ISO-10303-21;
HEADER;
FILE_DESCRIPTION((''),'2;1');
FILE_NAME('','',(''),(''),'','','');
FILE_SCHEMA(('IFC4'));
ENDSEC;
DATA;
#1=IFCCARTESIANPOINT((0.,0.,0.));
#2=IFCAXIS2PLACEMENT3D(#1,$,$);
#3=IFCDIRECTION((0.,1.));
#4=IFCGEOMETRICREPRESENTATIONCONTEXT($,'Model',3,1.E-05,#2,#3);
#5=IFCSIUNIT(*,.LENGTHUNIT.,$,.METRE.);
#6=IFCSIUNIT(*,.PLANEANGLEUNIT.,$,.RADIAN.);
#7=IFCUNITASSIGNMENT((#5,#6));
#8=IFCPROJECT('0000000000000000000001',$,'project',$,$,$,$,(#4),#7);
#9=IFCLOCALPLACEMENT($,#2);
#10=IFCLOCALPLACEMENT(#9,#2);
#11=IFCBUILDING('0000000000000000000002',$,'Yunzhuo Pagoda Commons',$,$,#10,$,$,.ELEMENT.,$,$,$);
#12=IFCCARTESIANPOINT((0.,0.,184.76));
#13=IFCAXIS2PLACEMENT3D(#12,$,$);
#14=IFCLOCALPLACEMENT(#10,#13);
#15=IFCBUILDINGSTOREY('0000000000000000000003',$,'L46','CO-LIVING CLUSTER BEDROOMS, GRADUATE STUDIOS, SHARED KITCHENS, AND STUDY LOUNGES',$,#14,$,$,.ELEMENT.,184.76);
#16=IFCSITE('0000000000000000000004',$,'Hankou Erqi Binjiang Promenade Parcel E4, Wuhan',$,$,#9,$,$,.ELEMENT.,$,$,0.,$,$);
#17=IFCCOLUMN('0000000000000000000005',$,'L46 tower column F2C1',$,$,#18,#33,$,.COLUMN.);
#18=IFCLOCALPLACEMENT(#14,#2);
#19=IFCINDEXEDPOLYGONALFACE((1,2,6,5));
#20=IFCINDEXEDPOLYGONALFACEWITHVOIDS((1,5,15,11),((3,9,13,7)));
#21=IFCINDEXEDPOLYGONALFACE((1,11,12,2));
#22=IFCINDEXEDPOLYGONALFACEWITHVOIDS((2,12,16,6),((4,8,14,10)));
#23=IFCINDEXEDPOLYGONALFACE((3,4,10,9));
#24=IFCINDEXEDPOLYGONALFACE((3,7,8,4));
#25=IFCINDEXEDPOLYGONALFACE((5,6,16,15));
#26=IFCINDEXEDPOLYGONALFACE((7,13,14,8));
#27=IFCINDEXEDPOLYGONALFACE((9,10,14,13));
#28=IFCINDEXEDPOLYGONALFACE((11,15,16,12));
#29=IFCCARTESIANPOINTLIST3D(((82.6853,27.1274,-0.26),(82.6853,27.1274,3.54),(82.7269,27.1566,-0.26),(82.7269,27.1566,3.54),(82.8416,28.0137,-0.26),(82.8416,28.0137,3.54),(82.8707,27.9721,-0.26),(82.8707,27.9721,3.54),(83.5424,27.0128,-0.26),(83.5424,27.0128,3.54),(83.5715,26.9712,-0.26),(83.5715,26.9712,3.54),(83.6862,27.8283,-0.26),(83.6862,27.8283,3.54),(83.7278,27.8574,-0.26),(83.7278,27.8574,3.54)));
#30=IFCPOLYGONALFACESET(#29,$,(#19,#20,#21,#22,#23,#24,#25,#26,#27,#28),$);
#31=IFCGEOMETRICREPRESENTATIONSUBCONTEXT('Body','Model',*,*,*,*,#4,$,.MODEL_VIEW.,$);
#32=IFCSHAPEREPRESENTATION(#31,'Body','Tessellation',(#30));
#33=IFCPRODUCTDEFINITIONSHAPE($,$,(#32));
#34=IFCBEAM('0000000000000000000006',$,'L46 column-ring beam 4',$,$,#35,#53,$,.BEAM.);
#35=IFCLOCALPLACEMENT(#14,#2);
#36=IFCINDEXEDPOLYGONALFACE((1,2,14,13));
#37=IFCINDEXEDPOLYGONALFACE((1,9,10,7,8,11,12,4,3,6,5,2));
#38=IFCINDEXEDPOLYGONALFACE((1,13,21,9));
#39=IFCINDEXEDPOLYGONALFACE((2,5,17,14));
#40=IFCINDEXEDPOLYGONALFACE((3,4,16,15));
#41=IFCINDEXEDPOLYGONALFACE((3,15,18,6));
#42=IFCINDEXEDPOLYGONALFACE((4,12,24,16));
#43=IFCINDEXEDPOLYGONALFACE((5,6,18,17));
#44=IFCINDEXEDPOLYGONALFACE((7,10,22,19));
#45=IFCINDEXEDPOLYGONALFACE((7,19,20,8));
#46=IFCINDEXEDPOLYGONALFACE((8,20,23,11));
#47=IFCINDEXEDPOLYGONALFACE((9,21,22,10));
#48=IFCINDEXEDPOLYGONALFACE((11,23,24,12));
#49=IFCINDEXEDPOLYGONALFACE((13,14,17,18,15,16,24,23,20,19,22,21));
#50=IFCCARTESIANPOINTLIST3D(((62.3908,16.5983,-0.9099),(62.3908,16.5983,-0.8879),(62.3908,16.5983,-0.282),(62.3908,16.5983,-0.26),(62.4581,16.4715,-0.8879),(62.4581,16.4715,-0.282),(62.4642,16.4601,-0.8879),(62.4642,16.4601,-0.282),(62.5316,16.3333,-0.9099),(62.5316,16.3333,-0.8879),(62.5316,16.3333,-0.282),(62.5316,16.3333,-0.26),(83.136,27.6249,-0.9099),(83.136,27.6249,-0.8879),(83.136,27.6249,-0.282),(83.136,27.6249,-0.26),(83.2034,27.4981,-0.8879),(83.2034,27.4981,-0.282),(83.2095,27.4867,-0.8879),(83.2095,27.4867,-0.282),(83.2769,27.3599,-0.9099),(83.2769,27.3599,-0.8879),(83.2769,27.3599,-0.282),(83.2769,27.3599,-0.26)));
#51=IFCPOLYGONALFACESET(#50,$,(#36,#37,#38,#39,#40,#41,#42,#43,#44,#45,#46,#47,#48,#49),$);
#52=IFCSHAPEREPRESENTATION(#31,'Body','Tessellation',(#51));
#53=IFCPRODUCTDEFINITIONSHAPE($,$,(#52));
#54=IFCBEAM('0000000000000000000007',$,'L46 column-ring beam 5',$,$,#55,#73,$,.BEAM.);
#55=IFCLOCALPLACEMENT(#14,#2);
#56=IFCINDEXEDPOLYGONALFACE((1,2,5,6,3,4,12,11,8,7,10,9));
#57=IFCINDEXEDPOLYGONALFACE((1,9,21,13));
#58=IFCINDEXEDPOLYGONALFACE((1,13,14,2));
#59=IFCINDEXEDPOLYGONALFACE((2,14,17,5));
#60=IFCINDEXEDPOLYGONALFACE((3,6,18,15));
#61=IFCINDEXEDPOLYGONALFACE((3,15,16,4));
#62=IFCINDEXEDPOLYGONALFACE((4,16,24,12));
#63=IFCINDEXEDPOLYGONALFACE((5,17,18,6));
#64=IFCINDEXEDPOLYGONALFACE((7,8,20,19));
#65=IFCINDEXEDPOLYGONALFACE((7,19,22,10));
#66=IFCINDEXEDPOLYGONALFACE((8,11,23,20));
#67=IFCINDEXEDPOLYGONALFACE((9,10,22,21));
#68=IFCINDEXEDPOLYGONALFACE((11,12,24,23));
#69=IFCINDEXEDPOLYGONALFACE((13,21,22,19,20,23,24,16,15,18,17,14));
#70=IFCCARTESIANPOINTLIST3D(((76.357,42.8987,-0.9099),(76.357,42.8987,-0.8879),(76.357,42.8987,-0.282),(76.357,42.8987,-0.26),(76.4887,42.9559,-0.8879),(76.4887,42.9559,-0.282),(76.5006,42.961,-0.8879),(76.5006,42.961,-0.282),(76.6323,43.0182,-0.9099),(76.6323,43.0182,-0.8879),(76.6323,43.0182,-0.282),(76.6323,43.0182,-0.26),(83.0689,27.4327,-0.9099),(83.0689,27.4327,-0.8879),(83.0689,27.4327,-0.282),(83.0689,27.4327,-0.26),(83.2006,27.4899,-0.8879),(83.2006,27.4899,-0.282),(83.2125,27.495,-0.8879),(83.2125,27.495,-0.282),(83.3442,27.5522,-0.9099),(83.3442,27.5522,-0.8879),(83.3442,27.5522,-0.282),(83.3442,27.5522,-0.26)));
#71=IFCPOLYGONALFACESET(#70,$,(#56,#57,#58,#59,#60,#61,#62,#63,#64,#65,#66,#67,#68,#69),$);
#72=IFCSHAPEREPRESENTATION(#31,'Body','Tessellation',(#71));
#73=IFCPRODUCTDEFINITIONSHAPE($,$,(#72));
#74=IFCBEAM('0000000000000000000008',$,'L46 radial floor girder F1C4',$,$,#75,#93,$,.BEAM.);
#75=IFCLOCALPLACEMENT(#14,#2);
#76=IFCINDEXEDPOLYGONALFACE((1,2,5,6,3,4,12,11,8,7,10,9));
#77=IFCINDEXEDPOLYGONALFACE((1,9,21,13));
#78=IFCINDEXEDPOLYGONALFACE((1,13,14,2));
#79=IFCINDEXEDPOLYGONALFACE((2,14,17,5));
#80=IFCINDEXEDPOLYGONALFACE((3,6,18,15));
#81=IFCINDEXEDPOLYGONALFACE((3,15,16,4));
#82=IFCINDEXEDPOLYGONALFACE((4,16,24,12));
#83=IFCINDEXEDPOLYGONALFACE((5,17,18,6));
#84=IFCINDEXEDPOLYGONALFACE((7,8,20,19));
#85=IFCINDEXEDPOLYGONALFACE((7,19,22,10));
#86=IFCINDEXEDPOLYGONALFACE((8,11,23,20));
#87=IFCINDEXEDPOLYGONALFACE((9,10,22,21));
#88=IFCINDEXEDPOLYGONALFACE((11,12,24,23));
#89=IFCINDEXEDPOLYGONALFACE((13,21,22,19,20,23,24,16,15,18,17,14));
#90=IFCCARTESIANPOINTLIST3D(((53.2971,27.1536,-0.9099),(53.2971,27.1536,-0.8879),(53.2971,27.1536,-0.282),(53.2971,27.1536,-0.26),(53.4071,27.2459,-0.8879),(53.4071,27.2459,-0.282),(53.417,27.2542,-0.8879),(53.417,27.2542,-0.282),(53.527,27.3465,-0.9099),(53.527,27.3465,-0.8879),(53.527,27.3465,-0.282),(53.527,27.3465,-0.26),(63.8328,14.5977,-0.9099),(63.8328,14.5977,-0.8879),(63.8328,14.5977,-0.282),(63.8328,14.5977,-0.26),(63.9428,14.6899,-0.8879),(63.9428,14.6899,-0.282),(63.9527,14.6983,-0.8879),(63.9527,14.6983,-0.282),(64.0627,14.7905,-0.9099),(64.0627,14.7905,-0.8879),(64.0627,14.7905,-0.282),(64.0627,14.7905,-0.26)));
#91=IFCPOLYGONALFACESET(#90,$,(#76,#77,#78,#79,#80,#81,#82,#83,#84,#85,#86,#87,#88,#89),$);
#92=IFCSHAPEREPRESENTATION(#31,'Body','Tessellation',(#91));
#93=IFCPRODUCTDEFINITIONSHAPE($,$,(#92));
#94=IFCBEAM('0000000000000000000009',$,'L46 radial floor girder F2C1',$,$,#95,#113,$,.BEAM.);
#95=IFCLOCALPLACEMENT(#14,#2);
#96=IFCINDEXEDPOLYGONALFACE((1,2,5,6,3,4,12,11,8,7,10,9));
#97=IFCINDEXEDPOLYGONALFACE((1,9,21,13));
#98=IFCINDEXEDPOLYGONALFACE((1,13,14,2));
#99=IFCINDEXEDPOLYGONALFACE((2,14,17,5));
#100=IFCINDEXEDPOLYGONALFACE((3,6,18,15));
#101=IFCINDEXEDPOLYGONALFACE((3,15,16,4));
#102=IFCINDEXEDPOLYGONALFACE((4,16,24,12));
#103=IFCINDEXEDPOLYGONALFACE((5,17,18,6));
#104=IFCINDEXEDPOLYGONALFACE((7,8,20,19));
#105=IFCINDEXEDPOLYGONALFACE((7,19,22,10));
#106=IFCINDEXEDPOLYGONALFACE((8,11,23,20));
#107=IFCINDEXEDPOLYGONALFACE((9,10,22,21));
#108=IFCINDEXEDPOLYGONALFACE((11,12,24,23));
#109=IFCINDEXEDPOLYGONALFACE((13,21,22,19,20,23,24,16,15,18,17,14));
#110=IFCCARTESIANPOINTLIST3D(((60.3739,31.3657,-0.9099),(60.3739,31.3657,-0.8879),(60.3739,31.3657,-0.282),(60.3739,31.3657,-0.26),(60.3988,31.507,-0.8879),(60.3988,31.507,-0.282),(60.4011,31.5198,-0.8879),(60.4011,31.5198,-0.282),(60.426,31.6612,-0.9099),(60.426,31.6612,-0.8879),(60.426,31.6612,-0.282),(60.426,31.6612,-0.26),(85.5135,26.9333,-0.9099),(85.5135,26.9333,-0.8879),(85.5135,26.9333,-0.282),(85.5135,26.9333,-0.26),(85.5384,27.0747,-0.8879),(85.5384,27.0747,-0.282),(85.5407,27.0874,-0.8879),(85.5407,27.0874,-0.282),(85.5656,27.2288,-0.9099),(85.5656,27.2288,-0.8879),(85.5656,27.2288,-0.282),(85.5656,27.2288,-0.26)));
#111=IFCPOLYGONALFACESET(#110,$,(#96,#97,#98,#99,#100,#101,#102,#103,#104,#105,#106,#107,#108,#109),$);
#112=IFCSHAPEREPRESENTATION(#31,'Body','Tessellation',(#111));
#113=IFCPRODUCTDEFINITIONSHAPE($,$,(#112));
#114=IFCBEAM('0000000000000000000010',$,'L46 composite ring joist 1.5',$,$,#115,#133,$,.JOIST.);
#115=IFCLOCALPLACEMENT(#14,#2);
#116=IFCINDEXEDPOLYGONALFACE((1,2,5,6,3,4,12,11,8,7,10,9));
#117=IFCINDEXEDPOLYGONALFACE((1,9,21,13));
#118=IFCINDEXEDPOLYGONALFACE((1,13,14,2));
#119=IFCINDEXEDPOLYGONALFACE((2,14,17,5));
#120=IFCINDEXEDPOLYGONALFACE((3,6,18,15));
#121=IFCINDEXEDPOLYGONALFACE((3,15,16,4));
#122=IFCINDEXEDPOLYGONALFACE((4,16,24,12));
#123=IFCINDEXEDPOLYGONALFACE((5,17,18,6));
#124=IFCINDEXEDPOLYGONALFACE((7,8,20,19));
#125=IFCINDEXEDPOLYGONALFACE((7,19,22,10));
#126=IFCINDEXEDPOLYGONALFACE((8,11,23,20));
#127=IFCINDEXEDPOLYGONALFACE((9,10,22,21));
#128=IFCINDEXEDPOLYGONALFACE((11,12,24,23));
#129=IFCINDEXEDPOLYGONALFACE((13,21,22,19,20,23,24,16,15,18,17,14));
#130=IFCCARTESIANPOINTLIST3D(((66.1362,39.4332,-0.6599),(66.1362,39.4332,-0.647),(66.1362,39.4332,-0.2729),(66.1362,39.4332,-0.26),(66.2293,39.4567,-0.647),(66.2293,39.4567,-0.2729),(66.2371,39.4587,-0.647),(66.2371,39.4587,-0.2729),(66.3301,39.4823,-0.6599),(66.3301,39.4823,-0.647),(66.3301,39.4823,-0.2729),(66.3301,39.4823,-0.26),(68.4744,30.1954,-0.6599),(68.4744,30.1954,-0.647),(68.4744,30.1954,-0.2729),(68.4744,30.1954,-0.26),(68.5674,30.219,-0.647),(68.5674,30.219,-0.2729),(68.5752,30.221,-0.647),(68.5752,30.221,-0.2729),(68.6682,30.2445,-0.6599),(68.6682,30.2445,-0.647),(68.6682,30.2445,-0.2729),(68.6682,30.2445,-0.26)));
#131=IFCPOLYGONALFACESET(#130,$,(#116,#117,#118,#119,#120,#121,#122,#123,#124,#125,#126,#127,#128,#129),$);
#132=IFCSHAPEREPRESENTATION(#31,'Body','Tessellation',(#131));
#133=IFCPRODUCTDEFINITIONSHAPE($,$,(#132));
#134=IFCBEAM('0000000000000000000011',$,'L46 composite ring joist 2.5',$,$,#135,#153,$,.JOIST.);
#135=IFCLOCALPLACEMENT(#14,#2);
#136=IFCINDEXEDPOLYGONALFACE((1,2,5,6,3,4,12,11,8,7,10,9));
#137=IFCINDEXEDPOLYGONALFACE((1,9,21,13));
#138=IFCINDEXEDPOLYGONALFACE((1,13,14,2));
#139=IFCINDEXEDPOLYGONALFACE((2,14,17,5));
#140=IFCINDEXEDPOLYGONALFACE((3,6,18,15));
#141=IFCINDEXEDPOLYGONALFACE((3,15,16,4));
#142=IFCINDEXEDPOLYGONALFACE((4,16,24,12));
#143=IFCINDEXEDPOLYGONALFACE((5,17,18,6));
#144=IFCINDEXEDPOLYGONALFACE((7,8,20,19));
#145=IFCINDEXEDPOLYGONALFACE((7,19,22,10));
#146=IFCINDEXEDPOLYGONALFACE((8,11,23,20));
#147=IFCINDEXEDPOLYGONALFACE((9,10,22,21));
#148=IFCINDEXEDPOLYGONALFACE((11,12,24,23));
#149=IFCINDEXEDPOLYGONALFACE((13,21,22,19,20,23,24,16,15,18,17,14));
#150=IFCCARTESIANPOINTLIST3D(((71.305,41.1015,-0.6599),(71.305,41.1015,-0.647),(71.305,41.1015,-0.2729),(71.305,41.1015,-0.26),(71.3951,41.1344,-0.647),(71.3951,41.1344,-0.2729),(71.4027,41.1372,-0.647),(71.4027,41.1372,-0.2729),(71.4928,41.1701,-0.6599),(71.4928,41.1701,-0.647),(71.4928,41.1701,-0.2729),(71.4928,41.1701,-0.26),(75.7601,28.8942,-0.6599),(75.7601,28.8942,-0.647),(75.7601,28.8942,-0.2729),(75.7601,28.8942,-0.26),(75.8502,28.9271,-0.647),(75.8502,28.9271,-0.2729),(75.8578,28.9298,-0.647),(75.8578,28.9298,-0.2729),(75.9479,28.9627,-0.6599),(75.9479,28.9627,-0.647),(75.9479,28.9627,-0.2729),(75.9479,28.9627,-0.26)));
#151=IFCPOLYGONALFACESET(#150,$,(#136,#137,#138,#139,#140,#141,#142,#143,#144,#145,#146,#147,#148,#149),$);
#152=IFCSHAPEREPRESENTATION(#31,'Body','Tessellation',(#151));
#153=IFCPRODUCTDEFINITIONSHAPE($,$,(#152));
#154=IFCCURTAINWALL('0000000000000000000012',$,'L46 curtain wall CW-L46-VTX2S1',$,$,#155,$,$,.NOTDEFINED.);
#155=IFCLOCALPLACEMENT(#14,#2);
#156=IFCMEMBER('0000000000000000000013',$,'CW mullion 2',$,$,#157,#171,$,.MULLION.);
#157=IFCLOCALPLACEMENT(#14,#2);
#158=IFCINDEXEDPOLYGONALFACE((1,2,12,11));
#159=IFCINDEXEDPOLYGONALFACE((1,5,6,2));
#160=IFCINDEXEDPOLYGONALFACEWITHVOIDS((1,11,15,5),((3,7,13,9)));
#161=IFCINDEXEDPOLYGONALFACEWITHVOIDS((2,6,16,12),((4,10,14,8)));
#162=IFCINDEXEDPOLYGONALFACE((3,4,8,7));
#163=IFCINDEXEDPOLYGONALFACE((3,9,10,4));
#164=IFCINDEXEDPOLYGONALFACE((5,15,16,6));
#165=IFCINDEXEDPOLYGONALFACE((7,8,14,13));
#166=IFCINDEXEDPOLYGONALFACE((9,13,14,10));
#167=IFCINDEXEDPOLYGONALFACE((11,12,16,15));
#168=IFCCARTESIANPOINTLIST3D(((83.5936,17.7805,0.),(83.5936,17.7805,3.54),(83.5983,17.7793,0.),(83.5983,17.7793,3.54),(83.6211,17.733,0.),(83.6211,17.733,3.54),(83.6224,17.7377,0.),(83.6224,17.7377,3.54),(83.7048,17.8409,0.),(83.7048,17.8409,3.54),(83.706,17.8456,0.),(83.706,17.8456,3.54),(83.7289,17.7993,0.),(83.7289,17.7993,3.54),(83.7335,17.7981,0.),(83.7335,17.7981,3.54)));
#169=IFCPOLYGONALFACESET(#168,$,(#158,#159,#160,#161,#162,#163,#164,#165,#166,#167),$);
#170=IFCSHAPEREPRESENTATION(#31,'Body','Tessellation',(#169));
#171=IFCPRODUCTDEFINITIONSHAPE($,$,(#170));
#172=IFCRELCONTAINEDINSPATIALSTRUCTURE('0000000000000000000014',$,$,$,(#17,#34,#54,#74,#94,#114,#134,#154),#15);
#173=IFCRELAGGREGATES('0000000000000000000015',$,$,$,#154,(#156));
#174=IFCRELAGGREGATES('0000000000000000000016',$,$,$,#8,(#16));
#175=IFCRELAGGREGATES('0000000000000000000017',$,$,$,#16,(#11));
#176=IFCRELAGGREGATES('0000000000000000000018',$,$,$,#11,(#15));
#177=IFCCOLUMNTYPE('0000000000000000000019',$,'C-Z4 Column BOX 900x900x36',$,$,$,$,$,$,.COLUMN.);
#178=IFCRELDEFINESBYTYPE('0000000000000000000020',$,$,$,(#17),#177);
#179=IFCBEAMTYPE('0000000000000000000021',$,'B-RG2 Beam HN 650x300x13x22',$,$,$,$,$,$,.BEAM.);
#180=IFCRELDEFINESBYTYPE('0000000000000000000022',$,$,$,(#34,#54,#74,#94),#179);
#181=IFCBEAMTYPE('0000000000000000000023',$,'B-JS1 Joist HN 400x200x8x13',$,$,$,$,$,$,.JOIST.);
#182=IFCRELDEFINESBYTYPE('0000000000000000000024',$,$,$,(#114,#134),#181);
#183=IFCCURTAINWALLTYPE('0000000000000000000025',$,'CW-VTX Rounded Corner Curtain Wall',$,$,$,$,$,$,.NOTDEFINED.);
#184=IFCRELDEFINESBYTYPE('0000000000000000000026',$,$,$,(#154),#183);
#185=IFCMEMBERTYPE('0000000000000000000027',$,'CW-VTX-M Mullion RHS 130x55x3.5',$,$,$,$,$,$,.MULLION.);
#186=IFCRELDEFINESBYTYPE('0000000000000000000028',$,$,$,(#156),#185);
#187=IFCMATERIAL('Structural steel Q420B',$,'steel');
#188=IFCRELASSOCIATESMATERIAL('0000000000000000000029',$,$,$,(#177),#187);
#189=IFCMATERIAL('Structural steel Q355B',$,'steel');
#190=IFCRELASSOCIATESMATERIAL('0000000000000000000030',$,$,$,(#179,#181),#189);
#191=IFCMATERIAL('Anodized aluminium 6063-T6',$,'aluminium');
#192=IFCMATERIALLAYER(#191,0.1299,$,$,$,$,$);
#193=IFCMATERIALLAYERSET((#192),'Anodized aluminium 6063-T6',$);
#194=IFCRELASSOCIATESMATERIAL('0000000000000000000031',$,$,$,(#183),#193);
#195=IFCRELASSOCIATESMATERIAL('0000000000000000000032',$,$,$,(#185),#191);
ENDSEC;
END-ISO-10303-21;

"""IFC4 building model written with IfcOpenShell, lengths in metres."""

from ifc_helpers import new_model, si_unit, direction, frame, origin, origin_2d, place, context, subcontext, project, spatial, hollow_rectangle, i_section, extrude, source, transform, mapped, material, layer, layer_set, material_profile, profile_set, type_object, element, aggregate, save


model = new_model("IFC4")

# Units and contexts
model_context = context("Model", 3, precision=1e-05, world=origin(), true_north=direction((0.0, 1.0)))
body_context = subcontext(model_context, "Body", "Model", "MODEL_VIEW")
ifc_project = project(units=[si_unit("LENGTHUNIT", "METRE"), si_unit("PLANEANGLEUNIT", "RADIAN")], contexts=[model_context])

# Site, building, storey
site_placement = place(None, origin())
site = spatial("IfcSite", under=ifc_project, at=site_placement, Name="Hankou Erqi Binjiang Promenade Parcel E4, Wuhan", CompositionType="ELEMENT", RefElevation=0.0)
building_placement = place(site_placement, origin())
building = spatial("IfcBuilding", under=site, at=building_placement, Name="Yunzhuo Pagoda Commons", CompositionType="ELEMENT")
storey_placement = place(building_placement, frame((0.0, 0.0, 184.76)))
storey = spatial("IfcBuildingStorey", under=building, at=storey_placement, Name="L46", Description="CO-LIVING CLUSTER BEDROOMS, GRADUATE STUDIOS, SHARED KITCHENS, AND STUDY LOUNGES", CompositionType="ELEMENT", Elevation=184.76)

# Column
ifc_material_1 = material(Name="Structural steel Q420B", Category="steel")
ifc_material_profile_1 = material_profile(ifc_material_1, hollow_rectangle(XDim=0.8999, YDim=0.8999, WallThickness=0.0359, at=origin_2d()), Name="Structural steel Q420B")
ifc_profile_set_1 = profile_set([ifc_material_profile_1], Name="Structural steel Q420B")
column_type = type_object("IfcColumnType", Name="C-Z4 Column BOX 900x900x36", PredefinedType="COLUMN", material=ifc_profile_set_1)
shared_shape_1 = source(origin(), body_context, "Body", "SweptSolid", [
    extrude(hollow_rectangle(XDim=0.8999, YDim=0.8999, WallThickness=0.0359, at=origin_2d()), origin(), (0.0, 0.0, 1.0), 3.8),
])
column_placement = place(storey_placement, frame((83.2065, 27.4924, -0.26), z_axis=(0.0, 0.0, 1.0), x_axis=(0.173648, 0.984808, 0.0)))
element("IfcColumn", 1, at=column_placement, inside=storey, type_object=column_type, Name="L46 tower column F2C1", PredefinedType="COLUMN", context=body_context, shape_type="MappedRepresentation", body=[
    mapped(shared_shape_1, transform((0.0, 0.0, 0.0), scale=1.0)),
])

# Beams
ifc_material_2 = material(Name="Structural steel Q355B", Category="steel")
ifc_material_profile_2 = material_profile(ifc_material_2, i_section(OverallWidth=0.3, OverallDepth=0.6499, WebThickness=0.0129, FlangeThickness=0.022, at=origin_2d()), Name="Structural steel Q355B")
ifc_profile_set_2 = profile_set([ifc_material_profile_2], Name="Structural steel Q355B")
beam_type_1 = type_object("IfcBeamType", Name="B-RG2 Beam HN 650x300x13x22", PredefinedType="BEAM", material=ifc_profile_set_2)
shared_shape_2 = source(origin(), body_context, "Body", "SweptSolid", [
    extrude(i_section(OverallWidth=0.3, OverallDepth=0.6499, WebThickness=0.0129, FlangeThickness=0.022, at=origin_2d()), origin(), (0.0, 0.0, 1.0), 23.4937),
])
beam_1_placement = place(storey_placement, frame((62.4612, 16.4658, -0.585), z_axis=(0.883016, 0.469342, 0.0), x_axis=(-0.469342, 0.883016, 0.0)))
element("IfcBeam", 2, at=beam_1_placement, inside=storey, type_object=beam_type_1, Name="L46 column-ring beam 4", PredefinedType="BEAM", context=body_context, shape_type="MappedRepresentation", body=[
    mapped(shared_shape_2, transform((0.0, 0.0, 0.0), scale=1.0)),
])
shared_shape_3 = source(origin(), body_context, "Body", "SweptSolid", [
    extrude(i_section(OverallWidth=0.3, OverallDepth=0.6499, WebThickness=0.0129, FlangeThickness=0.022, at=origin_2d()), origin(), (0.0, 0.0, 1.0), 16.8596),
])
beam_2_placement = place(storey_placement, frame((83.2065, 27.4924, -0.585), z_axis=(-0.398104, 0.91734, 0.0), x_axis=(-0.91734, -0.398104, 0.0)))
element("IfcBeam", 3, at=beam_2_placement, inside=storey, type_object=beam_type_1, Name="L46 column-ring beam 5", PredefinedType="BEAM", context=body_context, shape_type="MappedRepresentation", body=[
    mapped(shared_shape_3, transform((0.0, 0.0, 0.0), scale=1.0)),
])
shared_shape_4 = source(origin(), body_context, "Body", "SweptSolid", [
    extrude(i_section(OverallWidth=0.3, OverallDepth=0.6499, WebThickness=0.0129, FlangeThickness=0.022, at=origin_2d()), origin(), (0.0, 0.0, 1.0), 16.3906),
])
beam_3_placement = place(storey_placement, frame((63.9478, 14.6941, -0.585), z_axis=(-0.642787, 0.766045, 0.0), x_axis=(-0.766045, -0.642787, 0.0)))
element("IfcBeam", 4, at=beam_3_placement, inside=storey, type_object=beam_type_1, Name="L46 radial floor girder F1C4", PredefinedType="BEAM", context=body_context, shape_type="MappedRepresentation", body=[
    mapped(shared_shape_4, transform((0.0, 0.0, 0.0), scale=1.0)),
])
shared_shape_5 = source(origin(), body_context, "Body", "SweptSolid", [
    extrude(i_section(OverallWidth=0.3, OverallDepth=0.6499, WebThickness=0.0129, FlangeThickness=0.022, at=origin_2d()), origin(), (0.0, 0.0, 1.0), 25.5273),
])
beam_4_placement = place(storey_placement, frame((85.5396, 27.0811, -0.585), z_axis=(-0.984811, 0.173632, 0.0), x_axis=(-0.173632, -0.984811, 0.0)))
element("IfcBeam", 5, at=beam_4_placement, inside=storey, type_object=beam_type_1, Name="L46 radial floor girder F2C1", PredefinedType="BEAM", context=body_context, shape_type="MappedRepresentation", body=[
    mapped(shared_shape_5, transform((0.0, 0.0, 0.0), scale=1.0)),
])
ifc_material_profile_3 = material_profile(ifc_material_2, i_section(OverallWidth=0.2, OverallDepth=0.3999, WebThickness=0.0081, FlangeThickness=0.0129, at=origin_2d()), Name="Structural steel Q355B")
ifc_profile_set_3 = profile_set([ifc_material_profile_3], Name="Structural steel Q355B")
beam_type_2 = type_object("IfcBeamType", Name="B-JS1 Joist HN 400x200x8x13", PredefinedType="JOIST", material=ifc_profile_set_3)
shared_shape_6 = source(origin(), body_context, "Body", "SweptSolid", [
    extrude(i_section(OverallWidth=0.2, OverallDepth=0.3999, WebThickness=0.0081, FlangeThickness=0.0129, at=origin_2d()), origin(), (0.0, 0.0, 1.0), 9.5291),
])
beam_5_placement = place(storey_placement, frame((68.5713, 30.22, -0.46), z_axis=(-0.245368, 0.96943, 0.0), x_axis=(-0.96943, -0.245368, 0.0)))
element("IfcBeam", 6, at=beam_5_placement, inside=storey, type_object=beam_type_2, Name="L46 composite ring joist 1.5", PredefinedType="JOIST", context=body_context, shape_type="MappedRepresentation", body=[
    mapped(shared_shape_6, transform((0.0, 0.0, 0.0), scale=1.0)),
])
shared_shape_7 = source(origin(), body_context, "Body", "SweptSolid", [
    extrude(i_section(OverallWidth=0.2, OverallDepth=0.3999, WebThickness=0.0081, FlangeThickness=0.0129, at=origin_2d()), origin(), (0.0, 0.0, 1.0), 12.9949),
])
beam_6_placement = place(storey_placement, frame((75.854, 28.9285, -0.46), z_axis=(-0.342835, 0.939396, 0.0), x_axis=(-0.939396, -0.342835, 0.0)))
element("IfcBeam", 7, at=beam_6_placement, inside=storey, type_object=beam_type_2, Name="L46 composite ring joist 2.5", PredefinedType="JOIST", context=body_context, shape_type="MappedRepresentation", body=[
    mapped(shared_shape_7, transform((0.0, 0.0, 0.0), scale=1.0)),
])

# Curtain wall, member
ifc_material_3 = material(Name="Anodized aluminium 6063-T6", Category="aluminium")
ifc_layer_1 = layer(ifc_material_3, 0.1299)
ifc_layer_set_1 = layer_set([ifc_layer_1], Name="Anodized aluminium 6063-T6")
curtain_wall_type_1 = type_object("IfcCurtainWallType", Name="CW-VTX Rounded Corner Curtain Wall", PredefinedType="NOTDEFINED", material=ifc_layer_set_1)
curtain_wall_1_placement = place(storey_placement, origin())
curtain_wall_1 = element("IfcCurtainWall", 8, at=curtain_wall_1_placement, inside=storey, type_object=curtain_wall_type_1, Name="L46 curtain wall CW-L46-VTX2S1", PredefinedType="NOTDEFINED")
ifc_material_profile_4 = material_profile(ifc_material_3, hollow_rectangle(XDim=0.0549, YDim=0.1299, WallThickness=0.0034, at=origin_2d()), Name="Anodized aluminium 6063-T6")
ifc_profile_set_4 = profile_set([ifc_material_profile_4], Name="Anodized aluminium 6063-T6")
member_type_1 = type_object("IfcMemberType", Name="CW-VTX-M Mullion RHS 130x55x3.5", PredefinedType="MULLION", material=ifc_profile_set_4)
shared_shape_8 = source(origin(), body_context, "Body", "SweptSolid", [
    extrude(hollow_rectangle(XDim=0.0549, YDim=0.1299, WallThickness=0.0034, at=origin_2d()), origin(), (0.0, 0.0, 1.0), 3.54),
])
member_1_placement = place(storey_placement, frame((83.6636, 17.7893, 0.0), z_axis=(0.0, 0.0, 1.0), x_axis=(-0.50104, 0.865424, 0.0)))
member_1 = element("IfcMember", 9, at=member_1_placement, type_object=member_type_1, Name="CW mullion 2", PredefinedType="MULLION", context=body_context, shape_type="MappedRepresentation", body=[
    mapped(shared_shape_8, transform((0.0, 0.0, 0.0), scale=1.0)),
])

aggregate(curtain_wall_1, [member_1])

save(model, "model.ifc")
